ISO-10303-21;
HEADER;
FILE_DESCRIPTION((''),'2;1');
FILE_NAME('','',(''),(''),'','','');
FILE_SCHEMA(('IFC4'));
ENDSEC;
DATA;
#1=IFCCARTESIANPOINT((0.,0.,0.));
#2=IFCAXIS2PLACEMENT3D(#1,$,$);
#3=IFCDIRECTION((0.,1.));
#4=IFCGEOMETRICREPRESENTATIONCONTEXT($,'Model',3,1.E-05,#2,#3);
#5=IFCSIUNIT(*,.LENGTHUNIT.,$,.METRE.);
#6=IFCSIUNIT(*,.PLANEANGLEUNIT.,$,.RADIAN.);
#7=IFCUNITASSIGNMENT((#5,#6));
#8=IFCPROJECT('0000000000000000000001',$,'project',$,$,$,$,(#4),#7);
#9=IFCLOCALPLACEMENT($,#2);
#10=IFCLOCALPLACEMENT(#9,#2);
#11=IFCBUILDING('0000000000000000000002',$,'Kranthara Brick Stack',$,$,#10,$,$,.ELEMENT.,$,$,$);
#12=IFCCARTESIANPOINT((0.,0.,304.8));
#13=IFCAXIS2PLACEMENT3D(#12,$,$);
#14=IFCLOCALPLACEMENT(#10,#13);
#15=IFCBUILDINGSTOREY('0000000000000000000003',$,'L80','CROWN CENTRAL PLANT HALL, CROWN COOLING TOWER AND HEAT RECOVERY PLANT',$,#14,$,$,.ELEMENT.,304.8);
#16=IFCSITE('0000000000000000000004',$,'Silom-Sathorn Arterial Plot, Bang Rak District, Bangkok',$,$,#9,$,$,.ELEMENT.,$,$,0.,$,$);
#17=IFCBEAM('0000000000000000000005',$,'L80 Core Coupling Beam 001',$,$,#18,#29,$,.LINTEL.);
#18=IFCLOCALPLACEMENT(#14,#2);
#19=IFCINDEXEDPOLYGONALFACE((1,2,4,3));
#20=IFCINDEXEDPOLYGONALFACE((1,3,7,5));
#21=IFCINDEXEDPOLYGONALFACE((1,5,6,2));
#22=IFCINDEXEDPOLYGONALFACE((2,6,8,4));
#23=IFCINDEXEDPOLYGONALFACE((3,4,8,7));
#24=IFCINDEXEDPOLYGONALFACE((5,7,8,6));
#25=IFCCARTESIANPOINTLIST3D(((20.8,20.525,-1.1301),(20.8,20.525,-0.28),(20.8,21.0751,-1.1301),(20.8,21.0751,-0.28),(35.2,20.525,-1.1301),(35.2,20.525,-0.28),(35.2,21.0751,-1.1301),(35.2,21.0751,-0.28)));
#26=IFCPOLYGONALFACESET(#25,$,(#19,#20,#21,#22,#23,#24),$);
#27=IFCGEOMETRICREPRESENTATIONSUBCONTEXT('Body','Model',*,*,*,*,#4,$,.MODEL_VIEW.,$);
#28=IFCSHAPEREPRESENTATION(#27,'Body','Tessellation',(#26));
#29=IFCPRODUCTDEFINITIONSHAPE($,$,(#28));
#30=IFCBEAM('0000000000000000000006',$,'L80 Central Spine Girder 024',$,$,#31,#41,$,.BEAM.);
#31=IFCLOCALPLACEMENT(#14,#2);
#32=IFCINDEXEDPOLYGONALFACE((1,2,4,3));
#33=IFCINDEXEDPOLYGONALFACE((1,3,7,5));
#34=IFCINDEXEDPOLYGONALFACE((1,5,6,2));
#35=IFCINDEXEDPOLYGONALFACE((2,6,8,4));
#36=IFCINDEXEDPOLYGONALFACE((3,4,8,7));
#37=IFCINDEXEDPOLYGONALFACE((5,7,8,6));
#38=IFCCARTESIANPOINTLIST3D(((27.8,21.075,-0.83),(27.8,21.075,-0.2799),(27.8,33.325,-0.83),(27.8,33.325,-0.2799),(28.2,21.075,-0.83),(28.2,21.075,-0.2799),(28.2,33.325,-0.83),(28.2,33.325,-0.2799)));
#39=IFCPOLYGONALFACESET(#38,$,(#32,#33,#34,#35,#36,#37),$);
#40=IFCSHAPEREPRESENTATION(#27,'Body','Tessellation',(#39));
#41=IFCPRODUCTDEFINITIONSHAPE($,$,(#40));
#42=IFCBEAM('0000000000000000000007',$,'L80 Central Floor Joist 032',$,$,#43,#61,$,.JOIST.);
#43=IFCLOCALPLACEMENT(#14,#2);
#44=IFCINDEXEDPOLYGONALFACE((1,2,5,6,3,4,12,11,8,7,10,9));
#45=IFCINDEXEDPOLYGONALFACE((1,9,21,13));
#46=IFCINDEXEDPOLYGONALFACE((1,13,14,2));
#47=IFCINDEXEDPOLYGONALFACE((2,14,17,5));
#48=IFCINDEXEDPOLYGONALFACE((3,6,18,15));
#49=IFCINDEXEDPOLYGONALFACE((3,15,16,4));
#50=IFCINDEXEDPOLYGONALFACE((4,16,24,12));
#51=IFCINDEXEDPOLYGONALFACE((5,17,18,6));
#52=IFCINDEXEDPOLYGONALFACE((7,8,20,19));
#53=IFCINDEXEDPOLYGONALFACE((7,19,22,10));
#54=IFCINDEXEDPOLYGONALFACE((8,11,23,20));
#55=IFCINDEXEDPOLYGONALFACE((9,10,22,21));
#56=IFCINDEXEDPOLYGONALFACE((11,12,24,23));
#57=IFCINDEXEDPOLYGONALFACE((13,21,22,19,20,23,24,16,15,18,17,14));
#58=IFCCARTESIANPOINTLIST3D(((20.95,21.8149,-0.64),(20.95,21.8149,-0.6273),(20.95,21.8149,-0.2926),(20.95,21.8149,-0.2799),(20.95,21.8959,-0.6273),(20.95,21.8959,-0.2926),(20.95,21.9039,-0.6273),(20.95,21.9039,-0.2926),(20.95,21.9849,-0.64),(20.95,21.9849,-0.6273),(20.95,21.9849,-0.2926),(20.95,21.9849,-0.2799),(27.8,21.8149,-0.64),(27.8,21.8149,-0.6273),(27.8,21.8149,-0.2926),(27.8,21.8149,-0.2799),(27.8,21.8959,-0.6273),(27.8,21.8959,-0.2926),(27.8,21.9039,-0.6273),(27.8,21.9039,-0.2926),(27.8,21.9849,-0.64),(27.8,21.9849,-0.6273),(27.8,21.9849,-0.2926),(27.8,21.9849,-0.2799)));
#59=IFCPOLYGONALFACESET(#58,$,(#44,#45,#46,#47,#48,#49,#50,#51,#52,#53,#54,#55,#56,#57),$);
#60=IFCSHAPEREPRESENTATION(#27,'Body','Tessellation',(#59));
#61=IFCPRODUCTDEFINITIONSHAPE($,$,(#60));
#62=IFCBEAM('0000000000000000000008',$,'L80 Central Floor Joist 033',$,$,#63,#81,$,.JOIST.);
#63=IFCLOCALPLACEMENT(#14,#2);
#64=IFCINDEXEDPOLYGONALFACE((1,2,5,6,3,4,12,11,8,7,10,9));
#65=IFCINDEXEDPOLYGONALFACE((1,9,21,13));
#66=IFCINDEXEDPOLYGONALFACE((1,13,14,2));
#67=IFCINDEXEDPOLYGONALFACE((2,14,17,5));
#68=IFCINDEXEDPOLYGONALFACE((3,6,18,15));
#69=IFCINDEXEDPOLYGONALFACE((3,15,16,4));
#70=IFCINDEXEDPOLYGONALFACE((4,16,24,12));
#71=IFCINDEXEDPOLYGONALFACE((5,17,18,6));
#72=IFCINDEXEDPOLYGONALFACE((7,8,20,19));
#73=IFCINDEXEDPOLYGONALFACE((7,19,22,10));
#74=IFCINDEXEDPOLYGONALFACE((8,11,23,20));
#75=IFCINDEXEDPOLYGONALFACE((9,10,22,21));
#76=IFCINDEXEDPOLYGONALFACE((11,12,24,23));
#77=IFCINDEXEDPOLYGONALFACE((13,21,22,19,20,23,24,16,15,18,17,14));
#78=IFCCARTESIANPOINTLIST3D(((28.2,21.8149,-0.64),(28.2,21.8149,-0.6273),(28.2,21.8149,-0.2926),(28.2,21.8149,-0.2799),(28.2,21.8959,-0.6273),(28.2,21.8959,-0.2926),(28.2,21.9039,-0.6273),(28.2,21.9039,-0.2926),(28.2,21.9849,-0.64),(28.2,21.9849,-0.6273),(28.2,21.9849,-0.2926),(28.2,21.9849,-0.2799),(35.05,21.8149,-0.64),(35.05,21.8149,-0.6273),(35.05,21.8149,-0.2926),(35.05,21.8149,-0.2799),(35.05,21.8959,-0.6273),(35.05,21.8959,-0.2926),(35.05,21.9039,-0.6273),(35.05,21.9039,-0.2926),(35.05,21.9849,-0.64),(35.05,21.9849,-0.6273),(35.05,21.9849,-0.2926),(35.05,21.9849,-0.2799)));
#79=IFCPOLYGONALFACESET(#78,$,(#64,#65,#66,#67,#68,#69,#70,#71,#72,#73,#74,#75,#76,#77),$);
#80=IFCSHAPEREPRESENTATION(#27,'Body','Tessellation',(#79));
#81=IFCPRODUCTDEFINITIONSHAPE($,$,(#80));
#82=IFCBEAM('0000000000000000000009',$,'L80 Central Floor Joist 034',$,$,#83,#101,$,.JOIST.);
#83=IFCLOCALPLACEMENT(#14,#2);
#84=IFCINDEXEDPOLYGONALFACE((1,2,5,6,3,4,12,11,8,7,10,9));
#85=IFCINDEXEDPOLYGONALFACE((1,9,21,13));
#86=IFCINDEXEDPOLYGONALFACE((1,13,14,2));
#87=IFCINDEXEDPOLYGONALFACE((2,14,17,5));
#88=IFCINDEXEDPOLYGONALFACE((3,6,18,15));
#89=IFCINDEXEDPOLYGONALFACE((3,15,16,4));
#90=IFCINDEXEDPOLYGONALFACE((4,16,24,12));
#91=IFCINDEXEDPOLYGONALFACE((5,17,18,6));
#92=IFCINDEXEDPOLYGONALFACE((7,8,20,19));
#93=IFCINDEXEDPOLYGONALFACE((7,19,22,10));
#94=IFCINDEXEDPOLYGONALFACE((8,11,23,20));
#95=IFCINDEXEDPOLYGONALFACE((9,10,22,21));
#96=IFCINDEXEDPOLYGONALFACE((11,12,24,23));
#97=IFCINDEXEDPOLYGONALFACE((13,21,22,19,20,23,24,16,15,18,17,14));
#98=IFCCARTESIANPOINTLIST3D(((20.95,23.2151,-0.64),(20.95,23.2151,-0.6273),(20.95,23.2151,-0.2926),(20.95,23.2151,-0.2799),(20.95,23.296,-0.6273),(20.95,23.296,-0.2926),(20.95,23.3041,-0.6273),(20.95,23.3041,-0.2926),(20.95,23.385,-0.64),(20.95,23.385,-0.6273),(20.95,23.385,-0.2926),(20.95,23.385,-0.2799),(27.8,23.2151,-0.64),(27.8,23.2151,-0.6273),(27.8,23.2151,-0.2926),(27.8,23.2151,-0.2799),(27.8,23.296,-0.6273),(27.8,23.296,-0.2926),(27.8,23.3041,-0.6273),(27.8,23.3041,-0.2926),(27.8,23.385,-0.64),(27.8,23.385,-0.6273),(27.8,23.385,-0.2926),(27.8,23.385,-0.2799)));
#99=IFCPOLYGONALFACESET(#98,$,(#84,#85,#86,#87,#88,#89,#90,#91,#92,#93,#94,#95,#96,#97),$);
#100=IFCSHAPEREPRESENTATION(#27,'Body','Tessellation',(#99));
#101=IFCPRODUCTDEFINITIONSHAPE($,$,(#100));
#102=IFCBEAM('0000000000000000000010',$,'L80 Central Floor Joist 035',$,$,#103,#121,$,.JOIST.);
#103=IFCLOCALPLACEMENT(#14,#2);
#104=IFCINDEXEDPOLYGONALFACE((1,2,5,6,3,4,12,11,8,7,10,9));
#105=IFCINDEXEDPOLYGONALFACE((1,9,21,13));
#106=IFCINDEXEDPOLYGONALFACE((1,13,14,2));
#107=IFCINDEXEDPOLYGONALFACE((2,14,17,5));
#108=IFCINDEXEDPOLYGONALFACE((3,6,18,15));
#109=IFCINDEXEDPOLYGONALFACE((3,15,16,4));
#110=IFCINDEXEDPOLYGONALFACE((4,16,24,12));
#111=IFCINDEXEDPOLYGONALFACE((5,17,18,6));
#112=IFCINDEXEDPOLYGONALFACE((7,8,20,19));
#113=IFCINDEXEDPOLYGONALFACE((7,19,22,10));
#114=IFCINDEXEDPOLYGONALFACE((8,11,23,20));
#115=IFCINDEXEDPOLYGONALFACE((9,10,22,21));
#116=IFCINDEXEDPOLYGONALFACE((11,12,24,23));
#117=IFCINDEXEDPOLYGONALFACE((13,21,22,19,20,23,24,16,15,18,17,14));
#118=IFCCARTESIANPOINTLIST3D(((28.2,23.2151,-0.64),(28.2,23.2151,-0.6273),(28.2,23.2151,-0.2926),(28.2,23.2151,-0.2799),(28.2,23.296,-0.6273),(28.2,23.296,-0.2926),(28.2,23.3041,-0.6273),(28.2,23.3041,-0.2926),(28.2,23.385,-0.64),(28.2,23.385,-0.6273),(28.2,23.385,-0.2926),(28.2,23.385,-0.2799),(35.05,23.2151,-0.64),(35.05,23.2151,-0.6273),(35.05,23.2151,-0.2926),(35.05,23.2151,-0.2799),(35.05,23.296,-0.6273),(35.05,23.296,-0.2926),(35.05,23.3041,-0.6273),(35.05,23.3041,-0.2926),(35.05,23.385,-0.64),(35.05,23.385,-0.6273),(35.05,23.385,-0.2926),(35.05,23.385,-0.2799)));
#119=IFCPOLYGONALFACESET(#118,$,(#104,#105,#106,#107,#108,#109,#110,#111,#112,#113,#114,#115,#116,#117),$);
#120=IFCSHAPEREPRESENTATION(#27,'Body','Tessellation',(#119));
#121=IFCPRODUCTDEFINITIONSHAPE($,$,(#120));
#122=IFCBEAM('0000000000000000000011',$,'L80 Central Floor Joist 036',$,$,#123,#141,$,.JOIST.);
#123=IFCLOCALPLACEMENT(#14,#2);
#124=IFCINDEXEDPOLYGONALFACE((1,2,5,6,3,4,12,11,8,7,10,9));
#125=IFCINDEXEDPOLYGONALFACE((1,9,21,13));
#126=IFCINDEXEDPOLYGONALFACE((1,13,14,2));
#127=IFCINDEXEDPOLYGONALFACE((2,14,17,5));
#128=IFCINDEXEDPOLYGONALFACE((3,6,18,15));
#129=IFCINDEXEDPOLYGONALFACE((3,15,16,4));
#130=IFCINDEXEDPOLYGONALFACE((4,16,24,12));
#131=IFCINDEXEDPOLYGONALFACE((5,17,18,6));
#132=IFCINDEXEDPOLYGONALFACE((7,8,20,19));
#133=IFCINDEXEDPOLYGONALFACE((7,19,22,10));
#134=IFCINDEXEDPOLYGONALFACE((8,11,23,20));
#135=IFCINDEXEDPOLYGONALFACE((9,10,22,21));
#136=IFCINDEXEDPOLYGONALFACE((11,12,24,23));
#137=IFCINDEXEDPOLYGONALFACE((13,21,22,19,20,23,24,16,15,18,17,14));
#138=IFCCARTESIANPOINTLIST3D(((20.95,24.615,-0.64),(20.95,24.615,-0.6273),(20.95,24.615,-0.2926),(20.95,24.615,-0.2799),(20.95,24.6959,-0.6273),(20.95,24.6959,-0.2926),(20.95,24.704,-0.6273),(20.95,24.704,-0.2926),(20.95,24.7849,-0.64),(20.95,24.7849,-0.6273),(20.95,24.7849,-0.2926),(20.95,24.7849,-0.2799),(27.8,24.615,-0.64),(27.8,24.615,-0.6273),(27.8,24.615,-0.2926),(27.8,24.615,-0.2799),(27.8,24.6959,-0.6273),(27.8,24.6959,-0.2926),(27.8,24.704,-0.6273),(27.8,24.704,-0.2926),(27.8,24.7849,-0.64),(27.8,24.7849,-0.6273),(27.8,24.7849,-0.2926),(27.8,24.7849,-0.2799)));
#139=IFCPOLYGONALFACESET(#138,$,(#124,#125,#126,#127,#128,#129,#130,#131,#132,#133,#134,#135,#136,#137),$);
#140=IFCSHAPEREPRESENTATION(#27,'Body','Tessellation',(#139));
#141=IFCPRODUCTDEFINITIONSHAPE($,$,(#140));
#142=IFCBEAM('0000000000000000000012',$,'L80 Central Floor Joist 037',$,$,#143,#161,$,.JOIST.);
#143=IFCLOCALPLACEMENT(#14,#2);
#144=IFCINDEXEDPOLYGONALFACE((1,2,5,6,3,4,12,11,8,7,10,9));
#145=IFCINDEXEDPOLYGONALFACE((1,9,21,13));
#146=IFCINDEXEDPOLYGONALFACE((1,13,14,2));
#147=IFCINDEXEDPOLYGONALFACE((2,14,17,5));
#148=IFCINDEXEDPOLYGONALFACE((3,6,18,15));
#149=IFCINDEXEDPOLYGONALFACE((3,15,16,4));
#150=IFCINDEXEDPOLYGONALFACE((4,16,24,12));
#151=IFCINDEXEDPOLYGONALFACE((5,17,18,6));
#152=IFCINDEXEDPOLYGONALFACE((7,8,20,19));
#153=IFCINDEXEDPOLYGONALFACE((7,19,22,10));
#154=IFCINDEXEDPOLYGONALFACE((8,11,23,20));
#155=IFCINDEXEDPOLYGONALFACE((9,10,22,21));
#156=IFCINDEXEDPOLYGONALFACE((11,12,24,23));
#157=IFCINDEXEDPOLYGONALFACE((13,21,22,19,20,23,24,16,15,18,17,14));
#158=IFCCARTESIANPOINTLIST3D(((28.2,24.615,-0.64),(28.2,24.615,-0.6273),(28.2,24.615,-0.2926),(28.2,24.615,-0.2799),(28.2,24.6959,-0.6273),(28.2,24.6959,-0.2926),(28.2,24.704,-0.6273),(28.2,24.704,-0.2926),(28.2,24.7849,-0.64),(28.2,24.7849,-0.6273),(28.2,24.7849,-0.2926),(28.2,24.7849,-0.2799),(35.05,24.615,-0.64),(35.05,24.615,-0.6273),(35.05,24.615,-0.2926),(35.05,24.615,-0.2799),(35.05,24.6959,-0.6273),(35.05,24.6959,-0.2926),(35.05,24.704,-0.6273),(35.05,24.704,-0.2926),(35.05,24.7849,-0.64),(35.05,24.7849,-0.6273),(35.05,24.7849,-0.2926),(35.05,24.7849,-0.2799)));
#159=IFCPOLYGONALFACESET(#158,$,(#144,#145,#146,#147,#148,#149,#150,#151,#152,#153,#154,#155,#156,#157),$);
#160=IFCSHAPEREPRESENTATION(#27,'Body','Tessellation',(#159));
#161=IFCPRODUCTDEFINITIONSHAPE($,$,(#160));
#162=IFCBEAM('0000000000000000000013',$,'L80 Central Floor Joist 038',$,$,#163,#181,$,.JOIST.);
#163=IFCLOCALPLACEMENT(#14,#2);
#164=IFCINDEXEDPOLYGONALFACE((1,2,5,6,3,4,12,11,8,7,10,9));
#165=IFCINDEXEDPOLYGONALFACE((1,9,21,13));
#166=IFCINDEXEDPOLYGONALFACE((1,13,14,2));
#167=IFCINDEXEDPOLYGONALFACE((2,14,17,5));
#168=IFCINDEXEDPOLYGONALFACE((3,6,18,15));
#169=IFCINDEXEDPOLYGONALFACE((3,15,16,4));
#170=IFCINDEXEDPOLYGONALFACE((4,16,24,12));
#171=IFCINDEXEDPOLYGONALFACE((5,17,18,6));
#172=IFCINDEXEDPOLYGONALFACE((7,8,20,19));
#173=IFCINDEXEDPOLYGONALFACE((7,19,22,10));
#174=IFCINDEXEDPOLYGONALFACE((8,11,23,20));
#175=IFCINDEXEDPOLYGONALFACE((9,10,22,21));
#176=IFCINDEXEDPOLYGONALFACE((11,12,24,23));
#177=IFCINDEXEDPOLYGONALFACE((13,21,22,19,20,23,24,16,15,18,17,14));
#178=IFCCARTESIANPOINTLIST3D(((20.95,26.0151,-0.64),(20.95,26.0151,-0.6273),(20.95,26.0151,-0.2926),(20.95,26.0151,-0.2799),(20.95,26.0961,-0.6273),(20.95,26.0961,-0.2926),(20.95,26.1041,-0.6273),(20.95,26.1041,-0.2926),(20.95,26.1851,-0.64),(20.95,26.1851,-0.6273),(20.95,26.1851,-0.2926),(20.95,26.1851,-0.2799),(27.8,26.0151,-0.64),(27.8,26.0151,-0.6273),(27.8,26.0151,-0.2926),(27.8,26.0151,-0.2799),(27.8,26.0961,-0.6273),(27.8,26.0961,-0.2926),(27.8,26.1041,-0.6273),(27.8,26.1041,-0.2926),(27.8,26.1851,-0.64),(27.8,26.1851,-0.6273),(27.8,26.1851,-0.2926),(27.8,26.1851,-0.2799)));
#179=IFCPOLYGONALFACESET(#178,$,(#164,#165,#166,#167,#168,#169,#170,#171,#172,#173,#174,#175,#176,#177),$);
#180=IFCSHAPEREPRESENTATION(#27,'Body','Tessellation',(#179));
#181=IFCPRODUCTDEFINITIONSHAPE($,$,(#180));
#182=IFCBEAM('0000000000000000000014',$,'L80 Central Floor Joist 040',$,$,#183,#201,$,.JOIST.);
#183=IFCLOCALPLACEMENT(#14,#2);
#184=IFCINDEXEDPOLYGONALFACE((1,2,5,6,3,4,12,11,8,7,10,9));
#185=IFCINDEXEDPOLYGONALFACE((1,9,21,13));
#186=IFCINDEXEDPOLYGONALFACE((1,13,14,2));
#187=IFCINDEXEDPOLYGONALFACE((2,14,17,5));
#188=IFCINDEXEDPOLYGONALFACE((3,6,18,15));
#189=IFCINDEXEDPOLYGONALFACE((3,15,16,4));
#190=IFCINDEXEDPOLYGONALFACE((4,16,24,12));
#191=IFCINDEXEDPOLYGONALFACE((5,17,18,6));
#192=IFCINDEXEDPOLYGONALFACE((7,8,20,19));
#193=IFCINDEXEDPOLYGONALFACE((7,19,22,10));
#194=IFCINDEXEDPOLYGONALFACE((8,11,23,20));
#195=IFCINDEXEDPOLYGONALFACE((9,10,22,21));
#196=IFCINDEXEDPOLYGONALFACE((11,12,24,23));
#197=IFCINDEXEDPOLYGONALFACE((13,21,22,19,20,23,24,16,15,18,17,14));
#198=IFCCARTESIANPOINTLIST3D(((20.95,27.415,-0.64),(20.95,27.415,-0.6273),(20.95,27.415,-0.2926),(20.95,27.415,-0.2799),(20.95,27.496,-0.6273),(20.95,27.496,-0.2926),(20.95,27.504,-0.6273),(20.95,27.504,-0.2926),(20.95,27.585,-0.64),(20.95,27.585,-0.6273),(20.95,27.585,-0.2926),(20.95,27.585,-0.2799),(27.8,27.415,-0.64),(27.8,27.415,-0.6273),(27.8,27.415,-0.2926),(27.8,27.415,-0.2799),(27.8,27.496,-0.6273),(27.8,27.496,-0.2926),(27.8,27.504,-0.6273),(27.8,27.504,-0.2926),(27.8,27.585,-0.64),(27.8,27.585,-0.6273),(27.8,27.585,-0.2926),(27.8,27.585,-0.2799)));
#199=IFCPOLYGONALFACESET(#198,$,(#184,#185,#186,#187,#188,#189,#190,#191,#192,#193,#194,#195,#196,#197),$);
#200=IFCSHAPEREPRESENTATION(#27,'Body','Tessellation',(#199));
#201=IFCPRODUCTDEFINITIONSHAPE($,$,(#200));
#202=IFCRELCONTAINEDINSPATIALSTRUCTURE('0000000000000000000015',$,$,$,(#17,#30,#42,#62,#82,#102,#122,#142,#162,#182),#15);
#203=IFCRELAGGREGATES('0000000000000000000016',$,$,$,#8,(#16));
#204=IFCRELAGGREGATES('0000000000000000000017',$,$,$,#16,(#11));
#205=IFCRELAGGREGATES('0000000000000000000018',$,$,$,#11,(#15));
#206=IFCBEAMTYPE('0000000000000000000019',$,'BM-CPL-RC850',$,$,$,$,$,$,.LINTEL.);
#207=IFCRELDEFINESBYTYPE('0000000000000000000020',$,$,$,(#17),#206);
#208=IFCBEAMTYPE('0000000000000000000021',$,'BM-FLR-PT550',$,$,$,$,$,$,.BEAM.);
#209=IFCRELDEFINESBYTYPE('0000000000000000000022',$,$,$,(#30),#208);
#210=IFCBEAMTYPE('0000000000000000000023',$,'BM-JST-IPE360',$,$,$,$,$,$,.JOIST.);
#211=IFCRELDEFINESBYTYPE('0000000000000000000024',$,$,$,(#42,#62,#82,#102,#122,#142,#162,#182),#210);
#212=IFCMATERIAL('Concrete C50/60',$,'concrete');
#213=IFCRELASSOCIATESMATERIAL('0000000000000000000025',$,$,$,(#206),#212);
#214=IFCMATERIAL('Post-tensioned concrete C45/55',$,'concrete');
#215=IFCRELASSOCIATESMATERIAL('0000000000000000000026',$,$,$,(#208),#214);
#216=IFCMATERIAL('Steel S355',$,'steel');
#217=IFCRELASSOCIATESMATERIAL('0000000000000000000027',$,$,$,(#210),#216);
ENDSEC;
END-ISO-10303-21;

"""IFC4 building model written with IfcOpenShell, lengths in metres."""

from ifc_helpers import new_model, si_unit, direction, frame, origin, origin_2d, place, context, subcontext, project, spatial, rectangle, i_section, extrude, material, material_profile, profile_set, type_object, element, save


model = new_model("IFC4")

# Units and contexts
model_context = context("Model", 3, precision=1e-05, world=origin(), true_north=direction((0.0, 1.0)))
body_context = subcontext(model_context, "Body", "Model", "MODEL_VIEW")
ifc_project = project(units=[si_unit("LENGTHUNIT", "METRE"), si_unit("PLANEANGLEUNIT", "RADIAN")], contexts=[model_context])

# Site, building, storey
site_placement = place(None, origin())
site = spatial("IfcSite", under=ifc_project, at=site_placement, Name="Silom-Sathorn Arterial Plot, Bang Rak District, Bangkok", CompositionType="ELEMENT", RefElevation=0.0)
building_placement = place(site_placement, origin())
building = spatial("IfcBuilding", under=site, at=building_placement, Name="Kranthara Brick Stack", CompositionType="ELEMENT")
storey_placement = place(building_placement, frame((0.0, 0.0, 304.8)))
storey = spatial("IfcBuildingStorey", under=building, at=storey_placement, Name="L80", Description="CROWN CENTRAL PLANT HALL, CROWN COOLING TOWER AND HEAT RECOVERY PLANT", CompositionType="ELEMENT", Elevation=304.8)

# Beams
ifc_material_1 = material(Name="Concrete C50/60", Category="concrete")
ifc_material_profile_1 = material_profile(ifc_material_1, rectangle(XDim=0.55, YDim=0.8501, at=origin_2d()), Name="RC 550x850")
ifc_profile_set_1 = profile_set([ifc_material_profile_1], Name="Concrete C50/60")
beam_type_1 = type_object("IfcBeamType", Name="BM-CPL-RC850", PredefinedType="LINTEL", material=ifc_profile_set_1)
beam_1_placement = place(storey_placement, frame((20.8, 20.8, -0.7051), z_axis=(1.0, 0.0, 0.0), x_axis=(0.0, 1.0, 0.0)))
element("IfcBeam", 1, at=beam_1_placement, inside=storey, type_object=beam_type_1, Name="L80 Core Coupling Beam 001", PredefinedType="LINTEL", context=body_context, shape_type="SweptSolid", body=[
    extrude(rectangle(XDim=0.55, YDim=0.8501, at=origin_2d()), origin(), (0.0, 0.0, 1.0), 14.3999),
])
ifc_material_2 = material(Name="Post-tensioned concrete C45/55", Category="concrete")
ifc_material_profile_2 = material_profile(ifc_material_2, rectangle(XDim=0.3999, YDim=0.55, at=origin_2d()), Name="PT 400x550")
ifc_profile_set_2 = profile_set([ifc_material_profile_2], Name="Post-tensioned concrete C45/55")
beam_type_2 = type_object("IfcBeamType", Name="BM-FLR-PT550", PredefinedType="BEAM", material=ifc_profile_set_2)
beam_2_placement = place(storey_placement, frame((28.0, 21.075, -0.5549), z_axis=(0.0, 1.0, 0.0), x_axis=(-1.0, 0.0, 0.0)))
element("IfcBeam", 2, at=beam_2_placement, inside=storey, type_object=beam_type_2, Name="L80 Central Spine Girder 024", PredefinedType="BEAM", context=body_context, shape_type="SweptSolid", body=[
    extrude(rectangle(XDim=0.3999, YDim=0.55, at=origin_2d()), origin(), (0.0, 0.0, 1.0), 12.25),
])
ifc_material_3 = material(Name="Steel S355", Category="steel")
ifc_material_profile_3 = material_profile(ifc_material_3, i_section(OverallWidth=0.1699, OverallDepth=0.3601, WebThickness=0.0081, FlangeThickness=0.0127, at=origin_2d()), Name="IPE 360")
ifc_profile_set_3 = profile_set([ifc_material_profile_3], Name="Steel S355")
beam_type_3 = type_object("IfcBeamType", Name="BM-JST-IPE360", PredefinedType="JOIST", material=ifc_profile_set_3)
for number, where, z_axis, x_axis, name in (
    (3, (20.95, 21.8999, -0.46), (1.0, 0.0, 0.0), (0.0, 1.0, 0.0), "L80 Central Floor Joist 032"),
    (4, (28.2, 21.8999, -0.46), (1.0, 0.0, 0.0), (0.0, 1.0, 0.0), "L80 Central Floor Joist 033"),
    (5, (20.95, 23.3, -0.46), (1.0, 0.0, 0.0), (0.0, 1.0, 0.0), "L80 Central Floor Joist 034"),
    (6, (28.2, 23.3, -0.46), (1.0, 0.0, 0.0), (0.0, 1.0, 0.0), "L80 Central Floor Joist 035"),
    (7, (20.95, 24.7, -0.46), (1.0, 0.0, 0.0), (0.0, 1.0, 0.0), "L80 Central Floor Joist 036"),
    (8, (28.2, 24.7, -0.46), (1.0, 0.0, 0.0), (0.0, 1.0, 0.0), "L80 Central Floor Joist 037"),
    (9, (20.95, 26.1001, -0.46), (1.0, 0.0, 0.0), (0.0, 1.0, 0.0), "L80 Central Floor Joist 038"),
    (10, (20.95, 27.5, -0.46), (1.0, 0.0, 0.0), (0.0, 1.0, 0.0), "L80 Central Floor Joist 040"),
):
    element("IfcBeam", number, at=place(storey_placement, frame(where, z_axis=z_axis, x_axis=x_axis)), inside=storey, type_object=beam_type_3, Name=name, PredefinedType="JOIST", context=body_context, shape_type="SweptSolid", body=[
        extrude(i_section(OverallWidth=0.1699, OverallDepth=0.3601, WebThickness=0.0081, FlangeThickness=0.0127, at=origin_2d()), origin(), (0.0, 0.0, 1.0), 6.8501),
    ])

save(model, "model.ifc")
